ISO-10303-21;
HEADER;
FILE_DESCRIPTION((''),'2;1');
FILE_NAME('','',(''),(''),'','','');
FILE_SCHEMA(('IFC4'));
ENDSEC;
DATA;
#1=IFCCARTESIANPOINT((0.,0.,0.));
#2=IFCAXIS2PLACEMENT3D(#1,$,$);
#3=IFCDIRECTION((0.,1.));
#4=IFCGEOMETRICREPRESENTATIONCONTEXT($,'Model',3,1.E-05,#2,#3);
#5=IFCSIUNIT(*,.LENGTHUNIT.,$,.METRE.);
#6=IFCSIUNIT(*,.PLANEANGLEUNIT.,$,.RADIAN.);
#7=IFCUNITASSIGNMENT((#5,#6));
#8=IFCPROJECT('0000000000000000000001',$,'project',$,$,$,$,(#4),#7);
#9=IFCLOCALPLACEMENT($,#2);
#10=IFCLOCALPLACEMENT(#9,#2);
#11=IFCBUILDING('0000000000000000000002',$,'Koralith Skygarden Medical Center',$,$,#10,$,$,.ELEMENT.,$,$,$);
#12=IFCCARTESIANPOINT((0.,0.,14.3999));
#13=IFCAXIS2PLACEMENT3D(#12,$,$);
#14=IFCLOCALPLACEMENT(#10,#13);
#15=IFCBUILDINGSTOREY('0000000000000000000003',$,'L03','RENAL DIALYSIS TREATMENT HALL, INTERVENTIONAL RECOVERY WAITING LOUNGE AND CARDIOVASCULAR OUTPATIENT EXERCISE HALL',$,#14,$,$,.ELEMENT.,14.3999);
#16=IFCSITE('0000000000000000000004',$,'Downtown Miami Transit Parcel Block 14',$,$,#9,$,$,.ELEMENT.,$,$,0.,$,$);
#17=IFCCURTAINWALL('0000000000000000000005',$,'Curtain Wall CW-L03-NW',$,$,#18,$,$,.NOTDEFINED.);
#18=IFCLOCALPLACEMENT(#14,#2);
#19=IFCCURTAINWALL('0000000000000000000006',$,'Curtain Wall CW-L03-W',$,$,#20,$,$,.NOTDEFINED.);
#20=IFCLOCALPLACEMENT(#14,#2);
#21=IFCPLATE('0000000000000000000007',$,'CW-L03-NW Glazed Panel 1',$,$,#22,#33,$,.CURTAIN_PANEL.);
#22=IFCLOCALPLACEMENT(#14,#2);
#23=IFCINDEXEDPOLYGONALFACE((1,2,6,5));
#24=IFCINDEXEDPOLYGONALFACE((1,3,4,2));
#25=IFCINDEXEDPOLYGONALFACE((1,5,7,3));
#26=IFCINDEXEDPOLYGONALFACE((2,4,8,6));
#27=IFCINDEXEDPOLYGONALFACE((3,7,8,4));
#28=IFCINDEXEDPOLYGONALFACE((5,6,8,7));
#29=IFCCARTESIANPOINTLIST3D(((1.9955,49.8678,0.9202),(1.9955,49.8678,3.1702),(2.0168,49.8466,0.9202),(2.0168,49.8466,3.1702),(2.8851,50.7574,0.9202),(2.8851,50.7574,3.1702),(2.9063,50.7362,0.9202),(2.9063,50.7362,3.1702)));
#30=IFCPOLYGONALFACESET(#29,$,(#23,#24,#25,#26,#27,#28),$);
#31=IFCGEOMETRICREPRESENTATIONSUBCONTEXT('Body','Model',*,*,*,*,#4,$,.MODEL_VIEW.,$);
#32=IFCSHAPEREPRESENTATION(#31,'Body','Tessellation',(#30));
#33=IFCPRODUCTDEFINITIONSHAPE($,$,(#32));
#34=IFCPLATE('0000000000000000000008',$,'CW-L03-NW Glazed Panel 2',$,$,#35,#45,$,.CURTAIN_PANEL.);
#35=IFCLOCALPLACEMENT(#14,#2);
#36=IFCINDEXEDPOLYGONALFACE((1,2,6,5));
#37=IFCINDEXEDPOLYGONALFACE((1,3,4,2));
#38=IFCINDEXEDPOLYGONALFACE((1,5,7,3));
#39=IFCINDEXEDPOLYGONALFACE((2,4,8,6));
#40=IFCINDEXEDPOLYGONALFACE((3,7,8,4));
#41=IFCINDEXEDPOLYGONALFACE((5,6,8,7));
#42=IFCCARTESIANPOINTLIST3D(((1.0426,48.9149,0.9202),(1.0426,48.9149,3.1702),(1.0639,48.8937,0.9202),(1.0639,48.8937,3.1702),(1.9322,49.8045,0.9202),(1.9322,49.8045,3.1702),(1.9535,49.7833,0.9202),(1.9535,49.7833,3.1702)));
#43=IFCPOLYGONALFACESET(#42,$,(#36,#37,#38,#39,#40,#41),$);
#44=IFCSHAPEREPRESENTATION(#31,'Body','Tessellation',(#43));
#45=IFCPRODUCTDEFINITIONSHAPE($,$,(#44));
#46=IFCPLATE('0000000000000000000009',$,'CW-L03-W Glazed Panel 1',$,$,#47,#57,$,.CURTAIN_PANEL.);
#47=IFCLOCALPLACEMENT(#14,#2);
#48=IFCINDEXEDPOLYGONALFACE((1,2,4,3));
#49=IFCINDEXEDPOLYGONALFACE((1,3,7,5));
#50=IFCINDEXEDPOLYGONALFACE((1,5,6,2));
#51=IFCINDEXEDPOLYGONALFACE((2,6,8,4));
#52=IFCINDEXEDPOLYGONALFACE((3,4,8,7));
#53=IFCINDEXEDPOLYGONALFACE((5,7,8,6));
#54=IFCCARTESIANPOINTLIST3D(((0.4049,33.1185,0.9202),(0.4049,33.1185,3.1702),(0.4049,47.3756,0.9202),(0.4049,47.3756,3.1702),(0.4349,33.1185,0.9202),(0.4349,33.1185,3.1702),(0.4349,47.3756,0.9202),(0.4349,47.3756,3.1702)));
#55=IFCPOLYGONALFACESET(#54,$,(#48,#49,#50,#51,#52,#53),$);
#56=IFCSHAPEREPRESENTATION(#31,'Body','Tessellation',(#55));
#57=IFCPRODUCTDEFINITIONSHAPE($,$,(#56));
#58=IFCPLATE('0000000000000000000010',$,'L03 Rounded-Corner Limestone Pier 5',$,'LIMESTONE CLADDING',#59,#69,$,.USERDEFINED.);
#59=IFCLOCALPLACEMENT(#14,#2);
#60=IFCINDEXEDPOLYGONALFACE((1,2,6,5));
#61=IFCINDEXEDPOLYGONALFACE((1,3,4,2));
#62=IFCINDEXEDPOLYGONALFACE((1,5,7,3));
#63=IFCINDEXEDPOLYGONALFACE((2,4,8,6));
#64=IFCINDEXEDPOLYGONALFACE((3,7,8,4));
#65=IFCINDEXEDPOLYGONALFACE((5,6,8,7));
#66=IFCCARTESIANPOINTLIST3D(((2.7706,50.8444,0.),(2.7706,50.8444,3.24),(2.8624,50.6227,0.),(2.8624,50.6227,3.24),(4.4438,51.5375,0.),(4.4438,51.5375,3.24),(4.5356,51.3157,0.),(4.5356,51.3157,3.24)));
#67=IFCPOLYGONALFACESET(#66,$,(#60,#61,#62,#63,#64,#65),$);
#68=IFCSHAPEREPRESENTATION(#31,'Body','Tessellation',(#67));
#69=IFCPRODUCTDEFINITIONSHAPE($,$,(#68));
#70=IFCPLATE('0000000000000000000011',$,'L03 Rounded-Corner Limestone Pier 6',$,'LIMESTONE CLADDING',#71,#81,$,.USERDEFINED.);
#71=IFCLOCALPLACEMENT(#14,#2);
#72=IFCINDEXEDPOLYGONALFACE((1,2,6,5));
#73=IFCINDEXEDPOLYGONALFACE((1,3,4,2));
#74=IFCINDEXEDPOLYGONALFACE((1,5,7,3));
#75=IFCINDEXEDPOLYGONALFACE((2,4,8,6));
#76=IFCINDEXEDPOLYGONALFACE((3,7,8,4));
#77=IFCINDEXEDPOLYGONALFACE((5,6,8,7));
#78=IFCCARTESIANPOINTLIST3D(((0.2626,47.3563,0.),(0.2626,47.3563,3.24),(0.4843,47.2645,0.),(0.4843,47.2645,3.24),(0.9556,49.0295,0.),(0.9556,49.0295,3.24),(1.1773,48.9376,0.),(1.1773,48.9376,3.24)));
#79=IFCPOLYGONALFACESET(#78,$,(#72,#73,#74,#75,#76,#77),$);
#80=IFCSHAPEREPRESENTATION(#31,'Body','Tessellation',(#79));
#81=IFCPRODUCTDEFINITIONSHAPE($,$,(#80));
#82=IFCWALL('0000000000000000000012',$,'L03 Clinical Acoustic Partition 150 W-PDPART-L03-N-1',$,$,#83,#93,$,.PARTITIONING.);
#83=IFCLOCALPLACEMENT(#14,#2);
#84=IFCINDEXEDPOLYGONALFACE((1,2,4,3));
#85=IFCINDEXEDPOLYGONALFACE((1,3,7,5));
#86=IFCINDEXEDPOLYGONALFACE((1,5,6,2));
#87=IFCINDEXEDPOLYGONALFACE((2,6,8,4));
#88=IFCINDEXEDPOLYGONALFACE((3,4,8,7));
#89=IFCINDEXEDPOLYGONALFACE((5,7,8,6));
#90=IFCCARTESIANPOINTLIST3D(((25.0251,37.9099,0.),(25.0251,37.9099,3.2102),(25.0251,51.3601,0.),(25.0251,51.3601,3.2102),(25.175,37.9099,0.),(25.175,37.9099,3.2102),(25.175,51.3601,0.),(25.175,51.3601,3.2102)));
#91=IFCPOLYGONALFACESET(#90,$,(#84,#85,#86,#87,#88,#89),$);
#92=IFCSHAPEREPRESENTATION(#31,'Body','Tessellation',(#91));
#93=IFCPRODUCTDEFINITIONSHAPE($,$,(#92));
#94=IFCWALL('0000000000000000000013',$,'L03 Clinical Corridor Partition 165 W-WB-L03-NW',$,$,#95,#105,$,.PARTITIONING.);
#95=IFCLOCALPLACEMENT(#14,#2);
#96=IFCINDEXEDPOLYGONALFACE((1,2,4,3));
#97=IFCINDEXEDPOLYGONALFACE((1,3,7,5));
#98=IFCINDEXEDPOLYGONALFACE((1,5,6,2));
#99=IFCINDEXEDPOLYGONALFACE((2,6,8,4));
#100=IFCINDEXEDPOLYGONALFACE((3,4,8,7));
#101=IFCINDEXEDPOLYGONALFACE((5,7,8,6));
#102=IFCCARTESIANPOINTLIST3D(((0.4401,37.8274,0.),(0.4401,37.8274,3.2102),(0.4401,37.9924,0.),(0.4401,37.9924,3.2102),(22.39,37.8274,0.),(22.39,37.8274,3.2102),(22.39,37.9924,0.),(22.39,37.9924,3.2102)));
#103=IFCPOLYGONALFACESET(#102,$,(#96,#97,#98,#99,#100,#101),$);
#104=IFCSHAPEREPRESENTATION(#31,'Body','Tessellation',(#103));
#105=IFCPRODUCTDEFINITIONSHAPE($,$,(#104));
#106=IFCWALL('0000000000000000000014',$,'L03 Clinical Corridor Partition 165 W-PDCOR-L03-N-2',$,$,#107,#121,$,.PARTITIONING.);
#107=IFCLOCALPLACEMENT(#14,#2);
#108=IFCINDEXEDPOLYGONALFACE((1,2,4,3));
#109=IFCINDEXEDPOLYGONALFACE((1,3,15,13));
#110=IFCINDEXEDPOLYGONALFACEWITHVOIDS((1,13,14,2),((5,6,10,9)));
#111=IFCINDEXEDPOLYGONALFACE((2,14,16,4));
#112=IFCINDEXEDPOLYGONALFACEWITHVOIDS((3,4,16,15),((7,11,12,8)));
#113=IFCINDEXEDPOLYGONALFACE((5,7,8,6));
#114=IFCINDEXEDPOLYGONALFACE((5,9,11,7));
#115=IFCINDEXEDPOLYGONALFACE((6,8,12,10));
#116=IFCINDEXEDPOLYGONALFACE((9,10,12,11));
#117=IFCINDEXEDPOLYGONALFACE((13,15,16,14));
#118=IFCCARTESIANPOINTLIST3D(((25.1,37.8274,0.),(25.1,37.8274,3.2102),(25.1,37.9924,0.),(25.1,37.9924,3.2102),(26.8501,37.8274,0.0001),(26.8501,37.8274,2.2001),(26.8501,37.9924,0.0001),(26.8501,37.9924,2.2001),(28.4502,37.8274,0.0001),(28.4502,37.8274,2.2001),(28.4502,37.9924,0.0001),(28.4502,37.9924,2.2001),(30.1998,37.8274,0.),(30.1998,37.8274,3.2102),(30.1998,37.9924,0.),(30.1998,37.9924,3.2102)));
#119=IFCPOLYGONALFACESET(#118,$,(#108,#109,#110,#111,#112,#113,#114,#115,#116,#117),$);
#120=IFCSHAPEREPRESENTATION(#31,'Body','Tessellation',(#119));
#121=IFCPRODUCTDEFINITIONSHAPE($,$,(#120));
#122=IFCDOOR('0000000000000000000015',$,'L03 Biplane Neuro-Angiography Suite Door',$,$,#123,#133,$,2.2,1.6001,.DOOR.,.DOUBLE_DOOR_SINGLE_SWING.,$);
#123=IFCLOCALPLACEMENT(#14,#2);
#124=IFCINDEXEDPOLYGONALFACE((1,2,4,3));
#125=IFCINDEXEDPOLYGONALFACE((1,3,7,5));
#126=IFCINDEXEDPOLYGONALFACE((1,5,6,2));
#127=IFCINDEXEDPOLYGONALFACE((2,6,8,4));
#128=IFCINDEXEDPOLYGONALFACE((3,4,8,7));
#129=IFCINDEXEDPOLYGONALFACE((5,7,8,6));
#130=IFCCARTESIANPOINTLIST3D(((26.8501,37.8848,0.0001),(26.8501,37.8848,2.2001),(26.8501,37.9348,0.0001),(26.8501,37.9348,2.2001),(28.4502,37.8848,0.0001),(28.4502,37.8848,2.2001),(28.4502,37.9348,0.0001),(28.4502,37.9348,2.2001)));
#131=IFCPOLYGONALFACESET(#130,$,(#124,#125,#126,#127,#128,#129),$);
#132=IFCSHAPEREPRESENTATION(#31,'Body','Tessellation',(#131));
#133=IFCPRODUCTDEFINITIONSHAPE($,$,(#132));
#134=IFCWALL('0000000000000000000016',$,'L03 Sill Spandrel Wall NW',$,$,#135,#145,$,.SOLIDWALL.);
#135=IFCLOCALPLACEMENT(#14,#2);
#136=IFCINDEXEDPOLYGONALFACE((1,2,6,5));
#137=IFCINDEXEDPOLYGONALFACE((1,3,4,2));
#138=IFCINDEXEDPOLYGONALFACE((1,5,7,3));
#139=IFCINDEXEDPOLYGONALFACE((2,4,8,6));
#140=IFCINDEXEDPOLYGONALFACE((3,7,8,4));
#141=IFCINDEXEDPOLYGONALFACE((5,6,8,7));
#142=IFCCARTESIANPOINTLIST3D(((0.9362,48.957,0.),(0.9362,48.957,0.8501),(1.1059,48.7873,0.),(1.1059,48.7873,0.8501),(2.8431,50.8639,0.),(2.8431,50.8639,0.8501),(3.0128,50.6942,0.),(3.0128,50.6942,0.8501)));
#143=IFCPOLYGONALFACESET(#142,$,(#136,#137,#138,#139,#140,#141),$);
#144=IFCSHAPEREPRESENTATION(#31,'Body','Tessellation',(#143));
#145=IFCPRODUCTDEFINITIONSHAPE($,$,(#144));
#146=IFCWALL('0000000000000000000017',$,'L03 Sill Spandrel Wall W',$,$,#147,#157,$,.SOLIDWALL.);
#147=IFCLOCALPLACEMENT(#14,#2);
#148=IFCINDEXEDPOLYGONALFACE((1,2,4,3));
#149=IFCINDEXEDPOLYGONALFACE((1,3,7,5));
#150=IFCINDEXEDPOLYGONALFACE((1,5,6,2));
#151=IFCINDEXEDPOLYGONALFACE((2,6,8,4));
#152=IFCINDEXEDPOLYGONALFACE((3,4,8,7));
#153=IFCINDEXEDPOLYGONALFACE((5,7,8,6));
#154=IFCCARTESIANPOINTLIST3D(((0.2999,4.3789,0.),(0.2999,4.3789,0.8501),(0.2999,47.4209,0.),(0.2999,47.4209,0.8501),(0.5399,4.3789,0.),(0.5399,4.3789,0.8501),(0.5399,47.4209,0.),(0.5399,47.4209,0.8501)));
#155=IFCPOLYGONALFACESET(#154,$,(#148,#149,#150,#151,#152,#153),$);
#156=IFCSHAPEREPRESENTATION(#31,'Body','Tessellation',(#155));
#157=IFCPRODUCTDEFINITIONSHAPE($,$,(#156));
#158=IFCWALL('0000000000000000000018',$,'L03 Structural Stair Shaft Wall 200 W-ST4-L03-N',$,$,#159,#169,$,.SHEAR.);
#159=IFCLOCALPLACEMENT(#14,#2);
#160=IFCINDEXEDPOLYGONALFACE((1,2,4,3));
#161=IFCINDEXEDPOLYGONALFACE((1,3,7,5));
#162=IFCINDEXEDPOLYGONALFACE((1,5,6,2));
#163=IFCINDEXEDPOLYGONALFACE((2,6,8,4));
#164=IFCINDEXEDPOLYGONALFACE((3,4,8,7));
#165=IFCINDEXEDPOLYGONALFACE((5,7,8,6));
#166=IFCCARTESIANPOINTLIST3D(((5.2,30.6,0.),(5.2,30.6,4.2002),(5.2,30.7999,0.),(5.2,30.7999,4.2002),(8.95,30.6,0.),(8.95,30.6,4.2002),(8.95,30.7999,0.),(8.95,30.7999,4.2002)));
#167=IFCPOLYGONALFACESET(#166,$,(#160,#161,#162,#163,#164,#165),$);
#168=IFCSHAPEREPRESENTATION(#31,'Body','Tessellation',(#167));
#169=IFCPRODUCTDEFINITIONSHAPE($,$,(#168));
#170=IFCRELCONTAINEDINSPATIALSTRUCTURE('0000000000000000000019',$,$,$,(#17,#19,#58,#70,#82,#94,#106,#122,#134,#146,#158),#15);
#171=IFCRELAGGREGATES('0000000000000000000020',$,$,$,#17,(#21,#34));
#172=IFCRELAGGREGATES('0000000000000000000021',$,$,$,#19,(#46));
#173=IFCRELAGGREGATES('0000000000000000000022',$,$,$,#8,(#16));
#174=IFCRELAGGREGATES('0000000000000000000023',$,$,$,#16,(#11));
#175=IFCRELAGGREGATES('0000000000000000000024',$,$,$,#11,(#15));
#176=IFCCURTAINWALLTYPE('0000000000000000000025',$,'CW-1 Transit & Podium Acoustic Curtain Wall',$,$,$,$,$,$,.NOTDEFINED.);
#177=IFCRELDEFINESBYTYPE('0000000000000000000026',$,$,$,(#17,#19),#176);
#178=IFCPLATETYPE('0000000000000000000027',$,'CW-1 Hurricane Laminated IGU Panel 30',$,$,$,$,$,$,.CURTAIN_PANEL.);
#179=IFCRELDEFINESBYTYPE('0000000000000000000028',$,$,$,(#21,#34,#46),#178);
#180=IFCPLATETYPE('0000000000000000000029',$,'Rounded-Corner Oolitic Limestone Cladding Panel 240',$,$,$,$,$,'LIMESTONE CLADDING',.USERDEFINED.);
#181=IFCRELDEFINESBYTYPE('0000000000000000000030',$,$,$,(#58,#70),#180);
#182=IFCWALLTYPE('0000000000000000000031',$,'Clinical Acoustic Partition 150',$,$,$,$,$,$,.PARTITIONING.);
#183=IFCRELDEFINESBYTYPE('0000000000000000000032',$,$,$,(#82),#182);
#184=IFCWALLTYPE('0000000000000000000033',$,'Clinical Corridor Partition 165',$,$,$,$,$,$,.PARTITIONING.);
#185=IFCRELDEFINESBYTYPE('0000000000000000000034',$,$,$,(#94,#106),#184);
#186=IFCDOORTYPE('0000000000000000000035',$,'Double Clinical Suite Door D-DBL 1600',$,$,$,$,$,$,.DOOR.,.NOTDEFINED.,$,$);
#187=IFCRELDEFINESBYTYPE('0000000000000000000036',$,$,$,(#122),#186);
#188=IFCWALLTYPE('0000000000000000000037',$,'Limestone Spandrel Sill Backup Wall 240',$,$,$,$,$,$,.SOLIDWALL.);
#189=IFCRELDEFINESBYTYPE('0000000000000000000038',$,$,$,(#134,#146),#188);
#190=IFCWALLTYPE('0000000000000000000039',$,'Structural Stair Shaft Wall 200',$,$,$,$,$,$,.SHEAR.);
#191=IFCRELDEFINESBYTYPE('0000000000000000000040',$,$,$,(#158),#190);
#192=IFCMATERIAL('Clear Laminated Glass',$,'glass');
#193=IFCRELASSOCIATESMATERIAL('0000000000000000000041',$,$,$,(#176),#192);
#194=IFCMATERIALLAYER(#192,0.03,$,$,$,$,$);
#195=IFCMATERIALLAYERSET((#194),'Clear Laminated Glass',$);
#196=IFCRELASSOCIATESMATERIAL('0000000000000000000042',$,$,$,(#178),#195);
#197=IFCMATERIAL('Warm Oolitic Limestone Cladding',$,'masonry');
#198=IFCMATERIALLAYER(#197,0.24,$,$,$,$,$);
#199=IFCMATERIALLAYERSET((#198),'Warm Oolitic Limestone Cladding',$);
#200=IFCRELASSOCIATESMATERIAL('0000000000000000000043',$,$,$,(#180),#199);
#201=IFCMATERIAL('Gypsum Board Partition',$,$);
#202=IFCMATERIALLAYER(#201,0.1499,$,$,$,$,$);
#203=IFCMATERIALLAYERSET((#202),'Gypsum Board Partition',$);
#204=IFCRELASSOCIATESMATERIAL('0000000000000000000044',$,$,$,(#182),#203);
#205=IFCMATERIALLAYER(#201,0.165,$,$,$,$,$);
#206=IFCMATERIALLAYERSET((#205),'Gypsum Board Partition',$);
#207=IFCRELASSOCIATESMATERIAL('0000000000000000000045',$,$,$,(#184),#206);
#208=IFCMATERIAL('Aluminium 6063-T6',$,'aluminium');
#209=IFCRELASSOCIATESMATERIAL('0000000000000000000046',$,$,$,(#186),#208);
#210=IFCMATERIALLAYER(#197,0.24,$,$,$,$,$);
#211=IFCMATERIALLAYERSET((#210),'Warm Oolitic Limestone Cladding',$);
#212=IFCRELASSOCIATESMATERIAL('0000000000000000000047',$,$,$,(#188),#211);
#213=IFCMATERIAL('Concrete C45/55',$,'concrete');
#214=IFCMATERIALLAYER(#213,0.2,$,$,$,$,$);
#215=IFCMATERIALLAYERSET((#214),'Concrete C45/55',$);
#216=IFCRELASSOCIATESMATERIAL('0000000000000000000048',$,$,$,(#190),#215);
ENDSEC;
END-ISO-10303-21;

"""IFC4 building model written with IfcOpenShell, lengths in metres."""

from ifc_helpers import new_model, si_unit, direction, frame, frame_2d, origin, origin_2d, place, context, subcontext, project, spatial, rectangle, extrude, material, layer, layer_set, type_object, element, fill, aggregate, save


model = new_model("IFC4")

# Units and contexts
model_context = context("Model", 3, precision=1e-05, world=origin(), true_north=direction((0.0, 1.0)))
body_context = subcontext(model_context, "Body", "Model", "MODEL_VIEW")
ifc_project = project(units=[si_unit("LENGTHUNIT", "METRE"), si_unit("PLANEANGLEUNIT", "RADIAN")], contexts=[model_context])

# Site, building, storey
site_placement = place(None, origin())
site = spatial("IfcSite", under=ifc_project, at=site_placement, Name="Downtown Miami Transit Parcel Block 14", CompositionType="ELEMENT", RefElevation=0.0)
building_placement = place(site_placement, origin())
building = spatial("IfcBuilding", under=site, at=building_placement, Name="Koralith Skygarden Medical Center", CompositionType="ELEMENT")
storey_placement = place(building_placement, frame((0.0, 0.0, 14.3999)))
storey = spatial("IfcBuildingStorey", under=building, at=storey_placement, Name="L03", Description="RENAL DIALYSIS TREATMENT HALL, INTERVENTIONAL RECOVERY WAITING LOUNGE AND CARDIOVASCULAR OUTPATIENT EXERCISE HALL", CompositionType="ELEMENT", Elevation=14.3999)

# Shared definitions
ifc_material_1 = material(Name="Clear Laminated Glass", Category="glass")
curtain_wall_type = type_object("IfcCurtainWallType", Name="CW-1 Transit & Podium Acoustic Curtain Wall", PredefinedType="NOTDEFINED", material=ifc_material_1)
ifc_material_2 = material(Name="Aluminium 6063-T6", Category="aluminium")

# Curtain walls
curtain_wall_1_placement = place(storey_placement, origin())
curtain_wall_1 = element("IfcCurtainWall", 1, at=curtain_wall_1_placement, inside=storey, type_object=curtain_wall_type, Name="Curtain Wall CW-L03-NW", PredefinedType="NOTDEFINED")
curtain_wall_2_placement = place(storey_placement, origin())
curtain_wall_2 = element("IfcCurtainWall", 2, at=curtain_wall_2_placement, inside=storey, type_object=curtain_wall_type, Name="Curtain Wall CW-L03-W", PredefinedType="NOTDEFINED")

# Plates
ifc_layer_1 = layer(ifc_material_1, 0.03)
ifc_layer_set_1 = layer_set([ifc_layer_1], Name="Clear Laminated Glass")
plate_type_1 = type_object("IfcPlateType", Name="CW-1 Hurricane Laminated IGU Panel 30", PredefinedType="CURTAIN_PANEL", material=ifc_layer_set_1)
plate_1_placement = place(storey_placement, frame((2.4509, 50.302, 0.9202), z_axis=(0.0, 0.0, 1.0), x_axis=(-0.707107, -0.707107, 0.0)))
plate_1 = element("IfcPlate", 3, at=plate_1_placement, type_object=plate_type_1, Name="CW-L03-NW Glazed Panel 1", PredefinedType="CURTAIN_PANEL", context=body_context, shape_type="SweptSolid", body=[
    extrude(rectangle(XDim=1.2581, YDim=0.03, at=origin_2d()), origin(), (0.0, 0.0, 1.0), 2.25),
])
plate_2_placement = place(storey_placement, frame((1.498, 49.3491, 0.9202), z_axis=(0.0, 0.0, 1.0), x_axis=(-0.707107, -0.707107, 0.0)))
plate_2 = element("IfcPlate", 4, at=plate_2_placement, type_object=plate_type_1, Name="CW-L03-NW Glazed Panel 2", PredefinedType="CURTAIN_PANEL", context=body_context, shape_type="SweptSolid", body=[
    extrude(rectangle(XDim=1.2581, YDim=0.03, at=origin_2d()), origin(), (0.0, 0.0, 1.0), 2.25),
])
aggregate(curtain_wall_1, [plate_1, plate_2])
plate_3_placement = place(storey_placement, frame((0.4199, 40.2471, 0.9202), z_axis=(0.0, 0.0, 1.0), x_axis=(0.0, -1.0, 0.0)))
plate_3 = element("IfcPlate", 5, at=plate_3_placement, type_object=plate_type_1, Name="CW-L03-W Glazed Panel 1", PredefinedType="CURTAIN_PANEL", context=body_context, shape_type="SweptSolid", body=[
    extrude(rectangle(XDim=14.2571, YDim=0.03, at=origin_2d()), origin(), (0.0, 0.0, 1.0), 2.25),
])
aggregate(curtain_wall_2, [plate_3])

# Plates
ifc_material_3 = material(Name="Warm Oolitic Limestone Cladding", Category="masonry")
ifc_layer_2 = layer(ifc_material_3, 0.24)
ifc_layer_set_2 = layer_set([ifc_layer_2], Name="Warm Oolitic Limestone Cladding")
plate_type_2 = type_object("IfcPlateType", Name="Rounded-Corner Oolitic Limestone Cladding Panel 240", ElementType="LIMESTONE CLADDING", PredefinedType="USERDEFINED", material=ifc_layer_set_2)
for number, where, z_axis, x_axis, name in (
    (6, (3.6531, 51.0801, 0.0), (0.0, 0.0, 1.0), (-0.923885, -0.382671, 0.0), "L03 Rounded-Corner Limestone Pier 5"),
    (7, (0.72, 48.147, 0.0), (0.0, 0.0, 1.0), (-0.382671, -0.923885, 0.0), "L03 Rounded-Corner Limestone Pier 6"),
):
    element("IfcPlate", number, at=place(storey_placement, frame(where, z_axis=z_axis, x_axis=x_axis)), inside=storey, type_object=plate_type_2, Name=name, ObjectType="LIMESTONE CLADDING", PredefinedType="USERDEFINED", context=body_context, shape_type="SweptSolid", body=[
        extrude(rectangle(XDim=1.811, YDim=0.24, at=origin_2d()), origin(), (0.0, 0.0, 1.0), 3.24),
    ])

# Walls
ifc_material_4 = material(Name="Gypsum Board Partition")
ifc_layer_3 = layer(ifc_material_4, 0.1499)
ifc_layer_set_3 = layer_set([ifc_layer_3], Name="Gypsum Board Partition")
wall_type_1 = type_object("IfcWallType", Name="Clinical Acoustic Partition 150", PredefinedType="PARTITIONING", material=ifc_layer_set_3)
wall_1_placement = place(storey_placement, frame((25.1001, 37.9099, 0.0), z_axis=(0.0, 0.0, 1.0), x_axis=(0.0, 1.0, 0.0)))
element("IfcWall", 8, at=wall_1_placement, inside=storey, type_object=wall_type_1, Name="L03 Clinical Acoustic Partition 150 W-PDPART-L03-N-1", PredefinedType="PARTITIONING", context=body_context, shape_type="SweptSolid", body=[
    extrude(rectangle(XDim=13.4502, YDim=0.1499, at=frame_2d((6.7251, 0.0))), origin(), (0.0, 0.0, 1.0), 3.2102),
])
ifc_layer_4 = layer(ifc_material_4, 0.165)
ifc_layer_set_4 = layer_set([ifc_layer_4], Name="Gypsum Board Partition")
wall_type_2 = type_object("IfcWallType", Name="Clinical Corridor Partition 165", PredefinedType="PARTITIONING", material=ifc_layer_set_4)
wall_2_placement = place(storey_placement, frame((0.4399, 37.9099, 0.0), z_axis=(0.0, 0.0, 1.0), x_axis=(1.0, 0.0, 0.0)))
element("IfcWall", 9, at=wall_2_placement, inside=storey, type_object=wall_type_2, Name="L03 Clinical Corridor Partition 165 W-WB-L03-NW", PredefinedType="PARTITIONING", context=body_context, shape_type="SweptSolid", body=[
    extrude(rectangle(XDim=21.95, YDim=0.165, at=frame_2d((10.9751, 0.0))), origin(), (0.0, 0.0, 1.0), 3.2102),
])

# Wall, opening, door
wall_3_placement = place(storey_placement, frame((25.1001, 37.9099, 0.0), z_axis=(0.0, 0.0, 1.0), x_axis=(1.0, 0.0, 0.0)))
wall_3 = element("IfcWall", 10, at=wall_3_placement, inside=storey, type_object=wall_type_2, Name="L03 Clinical Corridor Partition 165 W-PDCOR-L03-N-2", PredefinedType="PARTITIONING", context=body_context, shape_type="SweptSolid", body=[
    extrude(rectangle(XDim=5.0999, YDim=0.165, at=frame_2d((2.5498, 0.0))), origin(), (0.0, 0.0, 1.0), 3.2102),
])
opening_1_placement = place(wall_3_placement, frame((1.75, 0.0, 0.0)))
opening_1 = element("IfcOpeningElement", 11, at=opening_1_placement, cuts=wall_3, PredefinedType="OPENING", context=body_context, shape_type="SweptSolid", body=[
    extrude(rectangle(XDim=1.6001, YDim=2.2, at=frame_2d((0.8, 1.1001))), frame((0.0, 0.0925, 0.0), z_axis=(0.0, -1.0, 0.0), x_axis=(1.0, 0.0, 0.0)), (0.0, 0.0, 1.0), 0.1851),
])
door_type_1 = type_object("IfcDoorType", Name="Double Clinical Suite Door D-DBL 1600", OperationType="NOTDEFINED", PredefinedType="DOOR", material=ifc_material_2)
door_1_placement = place(opening_1_placement, origin())
door_1 = element("IfcDoor", 12, at=door_1_placement, inside=storey, type_object=door_type_1, Name="L03 Biplane Neuro-Angiography Suite Door", OperationType="DOUBLE_DOOR_SINGLE_SWING", OverallHeight=2.2, OverallWidth=1.6001, PredefinedType="DOOR", context=body_context, shape_type="SweptSolid", body=[
    extrude(rectangle(XDim=1.6001, YDim=2.2, at=frame_2d((0.8, 1.1001))), frame((0.0, 0.0249, 0.0), z_axis=(0.0, -1.0, 0.0), x_axis=(1.0, 0.0, 0.0)), (0.0, 0.0, 1.0), 0.05),
])
fill(opening_1, door_1)

# Walls
ifc_layer_5 = layer(ifc_material_3, 0.24)
ifc_layer_set_5 = layer_set([ifc_layer_5], Name="Warm Oolitic Limestone Cladding")
wall_type_3 = type_object("IfcWallType", Name="Limestone Spandrel Sill Backup Wall 240", PredefinedType="SOLIDWALL", material=ifc_layer_set_5)
wall_4_placement = place(storey_placement, frame((2.928, 50.7791, 0.0), z_axis=(0.0, 0.0, 1.0), x_axis=(-0.707107, -0.707107, 0.0)))
element("IfcWall", 13, at=wall_4_placement, inside=storey, type_object=wall_type_3, Name="L03 Sill Spandrel Wall NW", PredefinedType="SOLIDWALL", context=body_context, shape_type="SweptSolid", body=[
    extrude(rectangle(XDim=2.6968, YDim=0.24, at=frame_2d((1.3484, 0.0))), origin(), (0.0, 0.0, 1.0), 0.8501),
])
wall_5_placement = place(storey_placement, frame((0.4199, 47.4209, 0.0), z_axis=(0.0, 0.0, 1.0), x_axis=(0.0, -1.0, 0.0)))
element("IfcWall", 14, at=wall_5_placement, inside=storey, type_object=wall_type_3, Name="L03 Sill Spandrel Wall W", PredefinedType="SOLIDWALL", context=body_context, shape_type="SweptSolid", body=[
    extrude(rectangle(XDim=43.042, YDim=0.24, at=frame_2d((21.521, 0.0))), origin(), (0.0, 0.0, 1.0), 0.8501),
])
ifc_material_5 = material(Name="Concrete C45/55", Category="concrete")
ifc_layer_6 = layer(ifc_material_5, 0.2)
ifc_layer_set_6 = layer_set([ifc_layer_6], Name="Concrete C45/55")
wall_type_4 = type_object("IfcWallType", Name="Structural Stair Shaft Wall 200", PredefinedType="SHEAR", material=ifc_layer_set_6)
wall_6_placement = place(storey_placement, frame((5.2, 30.7, 0.0), z_axis=(0.0, 0.0, 1.0), x_axis=(1.0, 0.0, 0.0)))
element("IfcWall", 15, at=wall_6_placement, inside=storey, type_object=wall_type_4, Name="L03 Structural Stair Shaft Wall 200 W-ST4-L03-N", PredefinedType="SHEAR", context=body_context, shape_type="SweptSolid", body=[
    extrude(rectangle(XDim=3.75, YDim=0.2, at=frame_2d((1.875, 0.0))), origin(), (0.0, 0.0, 1.0), 4.2002),
])

save(model, "model.ifc")
